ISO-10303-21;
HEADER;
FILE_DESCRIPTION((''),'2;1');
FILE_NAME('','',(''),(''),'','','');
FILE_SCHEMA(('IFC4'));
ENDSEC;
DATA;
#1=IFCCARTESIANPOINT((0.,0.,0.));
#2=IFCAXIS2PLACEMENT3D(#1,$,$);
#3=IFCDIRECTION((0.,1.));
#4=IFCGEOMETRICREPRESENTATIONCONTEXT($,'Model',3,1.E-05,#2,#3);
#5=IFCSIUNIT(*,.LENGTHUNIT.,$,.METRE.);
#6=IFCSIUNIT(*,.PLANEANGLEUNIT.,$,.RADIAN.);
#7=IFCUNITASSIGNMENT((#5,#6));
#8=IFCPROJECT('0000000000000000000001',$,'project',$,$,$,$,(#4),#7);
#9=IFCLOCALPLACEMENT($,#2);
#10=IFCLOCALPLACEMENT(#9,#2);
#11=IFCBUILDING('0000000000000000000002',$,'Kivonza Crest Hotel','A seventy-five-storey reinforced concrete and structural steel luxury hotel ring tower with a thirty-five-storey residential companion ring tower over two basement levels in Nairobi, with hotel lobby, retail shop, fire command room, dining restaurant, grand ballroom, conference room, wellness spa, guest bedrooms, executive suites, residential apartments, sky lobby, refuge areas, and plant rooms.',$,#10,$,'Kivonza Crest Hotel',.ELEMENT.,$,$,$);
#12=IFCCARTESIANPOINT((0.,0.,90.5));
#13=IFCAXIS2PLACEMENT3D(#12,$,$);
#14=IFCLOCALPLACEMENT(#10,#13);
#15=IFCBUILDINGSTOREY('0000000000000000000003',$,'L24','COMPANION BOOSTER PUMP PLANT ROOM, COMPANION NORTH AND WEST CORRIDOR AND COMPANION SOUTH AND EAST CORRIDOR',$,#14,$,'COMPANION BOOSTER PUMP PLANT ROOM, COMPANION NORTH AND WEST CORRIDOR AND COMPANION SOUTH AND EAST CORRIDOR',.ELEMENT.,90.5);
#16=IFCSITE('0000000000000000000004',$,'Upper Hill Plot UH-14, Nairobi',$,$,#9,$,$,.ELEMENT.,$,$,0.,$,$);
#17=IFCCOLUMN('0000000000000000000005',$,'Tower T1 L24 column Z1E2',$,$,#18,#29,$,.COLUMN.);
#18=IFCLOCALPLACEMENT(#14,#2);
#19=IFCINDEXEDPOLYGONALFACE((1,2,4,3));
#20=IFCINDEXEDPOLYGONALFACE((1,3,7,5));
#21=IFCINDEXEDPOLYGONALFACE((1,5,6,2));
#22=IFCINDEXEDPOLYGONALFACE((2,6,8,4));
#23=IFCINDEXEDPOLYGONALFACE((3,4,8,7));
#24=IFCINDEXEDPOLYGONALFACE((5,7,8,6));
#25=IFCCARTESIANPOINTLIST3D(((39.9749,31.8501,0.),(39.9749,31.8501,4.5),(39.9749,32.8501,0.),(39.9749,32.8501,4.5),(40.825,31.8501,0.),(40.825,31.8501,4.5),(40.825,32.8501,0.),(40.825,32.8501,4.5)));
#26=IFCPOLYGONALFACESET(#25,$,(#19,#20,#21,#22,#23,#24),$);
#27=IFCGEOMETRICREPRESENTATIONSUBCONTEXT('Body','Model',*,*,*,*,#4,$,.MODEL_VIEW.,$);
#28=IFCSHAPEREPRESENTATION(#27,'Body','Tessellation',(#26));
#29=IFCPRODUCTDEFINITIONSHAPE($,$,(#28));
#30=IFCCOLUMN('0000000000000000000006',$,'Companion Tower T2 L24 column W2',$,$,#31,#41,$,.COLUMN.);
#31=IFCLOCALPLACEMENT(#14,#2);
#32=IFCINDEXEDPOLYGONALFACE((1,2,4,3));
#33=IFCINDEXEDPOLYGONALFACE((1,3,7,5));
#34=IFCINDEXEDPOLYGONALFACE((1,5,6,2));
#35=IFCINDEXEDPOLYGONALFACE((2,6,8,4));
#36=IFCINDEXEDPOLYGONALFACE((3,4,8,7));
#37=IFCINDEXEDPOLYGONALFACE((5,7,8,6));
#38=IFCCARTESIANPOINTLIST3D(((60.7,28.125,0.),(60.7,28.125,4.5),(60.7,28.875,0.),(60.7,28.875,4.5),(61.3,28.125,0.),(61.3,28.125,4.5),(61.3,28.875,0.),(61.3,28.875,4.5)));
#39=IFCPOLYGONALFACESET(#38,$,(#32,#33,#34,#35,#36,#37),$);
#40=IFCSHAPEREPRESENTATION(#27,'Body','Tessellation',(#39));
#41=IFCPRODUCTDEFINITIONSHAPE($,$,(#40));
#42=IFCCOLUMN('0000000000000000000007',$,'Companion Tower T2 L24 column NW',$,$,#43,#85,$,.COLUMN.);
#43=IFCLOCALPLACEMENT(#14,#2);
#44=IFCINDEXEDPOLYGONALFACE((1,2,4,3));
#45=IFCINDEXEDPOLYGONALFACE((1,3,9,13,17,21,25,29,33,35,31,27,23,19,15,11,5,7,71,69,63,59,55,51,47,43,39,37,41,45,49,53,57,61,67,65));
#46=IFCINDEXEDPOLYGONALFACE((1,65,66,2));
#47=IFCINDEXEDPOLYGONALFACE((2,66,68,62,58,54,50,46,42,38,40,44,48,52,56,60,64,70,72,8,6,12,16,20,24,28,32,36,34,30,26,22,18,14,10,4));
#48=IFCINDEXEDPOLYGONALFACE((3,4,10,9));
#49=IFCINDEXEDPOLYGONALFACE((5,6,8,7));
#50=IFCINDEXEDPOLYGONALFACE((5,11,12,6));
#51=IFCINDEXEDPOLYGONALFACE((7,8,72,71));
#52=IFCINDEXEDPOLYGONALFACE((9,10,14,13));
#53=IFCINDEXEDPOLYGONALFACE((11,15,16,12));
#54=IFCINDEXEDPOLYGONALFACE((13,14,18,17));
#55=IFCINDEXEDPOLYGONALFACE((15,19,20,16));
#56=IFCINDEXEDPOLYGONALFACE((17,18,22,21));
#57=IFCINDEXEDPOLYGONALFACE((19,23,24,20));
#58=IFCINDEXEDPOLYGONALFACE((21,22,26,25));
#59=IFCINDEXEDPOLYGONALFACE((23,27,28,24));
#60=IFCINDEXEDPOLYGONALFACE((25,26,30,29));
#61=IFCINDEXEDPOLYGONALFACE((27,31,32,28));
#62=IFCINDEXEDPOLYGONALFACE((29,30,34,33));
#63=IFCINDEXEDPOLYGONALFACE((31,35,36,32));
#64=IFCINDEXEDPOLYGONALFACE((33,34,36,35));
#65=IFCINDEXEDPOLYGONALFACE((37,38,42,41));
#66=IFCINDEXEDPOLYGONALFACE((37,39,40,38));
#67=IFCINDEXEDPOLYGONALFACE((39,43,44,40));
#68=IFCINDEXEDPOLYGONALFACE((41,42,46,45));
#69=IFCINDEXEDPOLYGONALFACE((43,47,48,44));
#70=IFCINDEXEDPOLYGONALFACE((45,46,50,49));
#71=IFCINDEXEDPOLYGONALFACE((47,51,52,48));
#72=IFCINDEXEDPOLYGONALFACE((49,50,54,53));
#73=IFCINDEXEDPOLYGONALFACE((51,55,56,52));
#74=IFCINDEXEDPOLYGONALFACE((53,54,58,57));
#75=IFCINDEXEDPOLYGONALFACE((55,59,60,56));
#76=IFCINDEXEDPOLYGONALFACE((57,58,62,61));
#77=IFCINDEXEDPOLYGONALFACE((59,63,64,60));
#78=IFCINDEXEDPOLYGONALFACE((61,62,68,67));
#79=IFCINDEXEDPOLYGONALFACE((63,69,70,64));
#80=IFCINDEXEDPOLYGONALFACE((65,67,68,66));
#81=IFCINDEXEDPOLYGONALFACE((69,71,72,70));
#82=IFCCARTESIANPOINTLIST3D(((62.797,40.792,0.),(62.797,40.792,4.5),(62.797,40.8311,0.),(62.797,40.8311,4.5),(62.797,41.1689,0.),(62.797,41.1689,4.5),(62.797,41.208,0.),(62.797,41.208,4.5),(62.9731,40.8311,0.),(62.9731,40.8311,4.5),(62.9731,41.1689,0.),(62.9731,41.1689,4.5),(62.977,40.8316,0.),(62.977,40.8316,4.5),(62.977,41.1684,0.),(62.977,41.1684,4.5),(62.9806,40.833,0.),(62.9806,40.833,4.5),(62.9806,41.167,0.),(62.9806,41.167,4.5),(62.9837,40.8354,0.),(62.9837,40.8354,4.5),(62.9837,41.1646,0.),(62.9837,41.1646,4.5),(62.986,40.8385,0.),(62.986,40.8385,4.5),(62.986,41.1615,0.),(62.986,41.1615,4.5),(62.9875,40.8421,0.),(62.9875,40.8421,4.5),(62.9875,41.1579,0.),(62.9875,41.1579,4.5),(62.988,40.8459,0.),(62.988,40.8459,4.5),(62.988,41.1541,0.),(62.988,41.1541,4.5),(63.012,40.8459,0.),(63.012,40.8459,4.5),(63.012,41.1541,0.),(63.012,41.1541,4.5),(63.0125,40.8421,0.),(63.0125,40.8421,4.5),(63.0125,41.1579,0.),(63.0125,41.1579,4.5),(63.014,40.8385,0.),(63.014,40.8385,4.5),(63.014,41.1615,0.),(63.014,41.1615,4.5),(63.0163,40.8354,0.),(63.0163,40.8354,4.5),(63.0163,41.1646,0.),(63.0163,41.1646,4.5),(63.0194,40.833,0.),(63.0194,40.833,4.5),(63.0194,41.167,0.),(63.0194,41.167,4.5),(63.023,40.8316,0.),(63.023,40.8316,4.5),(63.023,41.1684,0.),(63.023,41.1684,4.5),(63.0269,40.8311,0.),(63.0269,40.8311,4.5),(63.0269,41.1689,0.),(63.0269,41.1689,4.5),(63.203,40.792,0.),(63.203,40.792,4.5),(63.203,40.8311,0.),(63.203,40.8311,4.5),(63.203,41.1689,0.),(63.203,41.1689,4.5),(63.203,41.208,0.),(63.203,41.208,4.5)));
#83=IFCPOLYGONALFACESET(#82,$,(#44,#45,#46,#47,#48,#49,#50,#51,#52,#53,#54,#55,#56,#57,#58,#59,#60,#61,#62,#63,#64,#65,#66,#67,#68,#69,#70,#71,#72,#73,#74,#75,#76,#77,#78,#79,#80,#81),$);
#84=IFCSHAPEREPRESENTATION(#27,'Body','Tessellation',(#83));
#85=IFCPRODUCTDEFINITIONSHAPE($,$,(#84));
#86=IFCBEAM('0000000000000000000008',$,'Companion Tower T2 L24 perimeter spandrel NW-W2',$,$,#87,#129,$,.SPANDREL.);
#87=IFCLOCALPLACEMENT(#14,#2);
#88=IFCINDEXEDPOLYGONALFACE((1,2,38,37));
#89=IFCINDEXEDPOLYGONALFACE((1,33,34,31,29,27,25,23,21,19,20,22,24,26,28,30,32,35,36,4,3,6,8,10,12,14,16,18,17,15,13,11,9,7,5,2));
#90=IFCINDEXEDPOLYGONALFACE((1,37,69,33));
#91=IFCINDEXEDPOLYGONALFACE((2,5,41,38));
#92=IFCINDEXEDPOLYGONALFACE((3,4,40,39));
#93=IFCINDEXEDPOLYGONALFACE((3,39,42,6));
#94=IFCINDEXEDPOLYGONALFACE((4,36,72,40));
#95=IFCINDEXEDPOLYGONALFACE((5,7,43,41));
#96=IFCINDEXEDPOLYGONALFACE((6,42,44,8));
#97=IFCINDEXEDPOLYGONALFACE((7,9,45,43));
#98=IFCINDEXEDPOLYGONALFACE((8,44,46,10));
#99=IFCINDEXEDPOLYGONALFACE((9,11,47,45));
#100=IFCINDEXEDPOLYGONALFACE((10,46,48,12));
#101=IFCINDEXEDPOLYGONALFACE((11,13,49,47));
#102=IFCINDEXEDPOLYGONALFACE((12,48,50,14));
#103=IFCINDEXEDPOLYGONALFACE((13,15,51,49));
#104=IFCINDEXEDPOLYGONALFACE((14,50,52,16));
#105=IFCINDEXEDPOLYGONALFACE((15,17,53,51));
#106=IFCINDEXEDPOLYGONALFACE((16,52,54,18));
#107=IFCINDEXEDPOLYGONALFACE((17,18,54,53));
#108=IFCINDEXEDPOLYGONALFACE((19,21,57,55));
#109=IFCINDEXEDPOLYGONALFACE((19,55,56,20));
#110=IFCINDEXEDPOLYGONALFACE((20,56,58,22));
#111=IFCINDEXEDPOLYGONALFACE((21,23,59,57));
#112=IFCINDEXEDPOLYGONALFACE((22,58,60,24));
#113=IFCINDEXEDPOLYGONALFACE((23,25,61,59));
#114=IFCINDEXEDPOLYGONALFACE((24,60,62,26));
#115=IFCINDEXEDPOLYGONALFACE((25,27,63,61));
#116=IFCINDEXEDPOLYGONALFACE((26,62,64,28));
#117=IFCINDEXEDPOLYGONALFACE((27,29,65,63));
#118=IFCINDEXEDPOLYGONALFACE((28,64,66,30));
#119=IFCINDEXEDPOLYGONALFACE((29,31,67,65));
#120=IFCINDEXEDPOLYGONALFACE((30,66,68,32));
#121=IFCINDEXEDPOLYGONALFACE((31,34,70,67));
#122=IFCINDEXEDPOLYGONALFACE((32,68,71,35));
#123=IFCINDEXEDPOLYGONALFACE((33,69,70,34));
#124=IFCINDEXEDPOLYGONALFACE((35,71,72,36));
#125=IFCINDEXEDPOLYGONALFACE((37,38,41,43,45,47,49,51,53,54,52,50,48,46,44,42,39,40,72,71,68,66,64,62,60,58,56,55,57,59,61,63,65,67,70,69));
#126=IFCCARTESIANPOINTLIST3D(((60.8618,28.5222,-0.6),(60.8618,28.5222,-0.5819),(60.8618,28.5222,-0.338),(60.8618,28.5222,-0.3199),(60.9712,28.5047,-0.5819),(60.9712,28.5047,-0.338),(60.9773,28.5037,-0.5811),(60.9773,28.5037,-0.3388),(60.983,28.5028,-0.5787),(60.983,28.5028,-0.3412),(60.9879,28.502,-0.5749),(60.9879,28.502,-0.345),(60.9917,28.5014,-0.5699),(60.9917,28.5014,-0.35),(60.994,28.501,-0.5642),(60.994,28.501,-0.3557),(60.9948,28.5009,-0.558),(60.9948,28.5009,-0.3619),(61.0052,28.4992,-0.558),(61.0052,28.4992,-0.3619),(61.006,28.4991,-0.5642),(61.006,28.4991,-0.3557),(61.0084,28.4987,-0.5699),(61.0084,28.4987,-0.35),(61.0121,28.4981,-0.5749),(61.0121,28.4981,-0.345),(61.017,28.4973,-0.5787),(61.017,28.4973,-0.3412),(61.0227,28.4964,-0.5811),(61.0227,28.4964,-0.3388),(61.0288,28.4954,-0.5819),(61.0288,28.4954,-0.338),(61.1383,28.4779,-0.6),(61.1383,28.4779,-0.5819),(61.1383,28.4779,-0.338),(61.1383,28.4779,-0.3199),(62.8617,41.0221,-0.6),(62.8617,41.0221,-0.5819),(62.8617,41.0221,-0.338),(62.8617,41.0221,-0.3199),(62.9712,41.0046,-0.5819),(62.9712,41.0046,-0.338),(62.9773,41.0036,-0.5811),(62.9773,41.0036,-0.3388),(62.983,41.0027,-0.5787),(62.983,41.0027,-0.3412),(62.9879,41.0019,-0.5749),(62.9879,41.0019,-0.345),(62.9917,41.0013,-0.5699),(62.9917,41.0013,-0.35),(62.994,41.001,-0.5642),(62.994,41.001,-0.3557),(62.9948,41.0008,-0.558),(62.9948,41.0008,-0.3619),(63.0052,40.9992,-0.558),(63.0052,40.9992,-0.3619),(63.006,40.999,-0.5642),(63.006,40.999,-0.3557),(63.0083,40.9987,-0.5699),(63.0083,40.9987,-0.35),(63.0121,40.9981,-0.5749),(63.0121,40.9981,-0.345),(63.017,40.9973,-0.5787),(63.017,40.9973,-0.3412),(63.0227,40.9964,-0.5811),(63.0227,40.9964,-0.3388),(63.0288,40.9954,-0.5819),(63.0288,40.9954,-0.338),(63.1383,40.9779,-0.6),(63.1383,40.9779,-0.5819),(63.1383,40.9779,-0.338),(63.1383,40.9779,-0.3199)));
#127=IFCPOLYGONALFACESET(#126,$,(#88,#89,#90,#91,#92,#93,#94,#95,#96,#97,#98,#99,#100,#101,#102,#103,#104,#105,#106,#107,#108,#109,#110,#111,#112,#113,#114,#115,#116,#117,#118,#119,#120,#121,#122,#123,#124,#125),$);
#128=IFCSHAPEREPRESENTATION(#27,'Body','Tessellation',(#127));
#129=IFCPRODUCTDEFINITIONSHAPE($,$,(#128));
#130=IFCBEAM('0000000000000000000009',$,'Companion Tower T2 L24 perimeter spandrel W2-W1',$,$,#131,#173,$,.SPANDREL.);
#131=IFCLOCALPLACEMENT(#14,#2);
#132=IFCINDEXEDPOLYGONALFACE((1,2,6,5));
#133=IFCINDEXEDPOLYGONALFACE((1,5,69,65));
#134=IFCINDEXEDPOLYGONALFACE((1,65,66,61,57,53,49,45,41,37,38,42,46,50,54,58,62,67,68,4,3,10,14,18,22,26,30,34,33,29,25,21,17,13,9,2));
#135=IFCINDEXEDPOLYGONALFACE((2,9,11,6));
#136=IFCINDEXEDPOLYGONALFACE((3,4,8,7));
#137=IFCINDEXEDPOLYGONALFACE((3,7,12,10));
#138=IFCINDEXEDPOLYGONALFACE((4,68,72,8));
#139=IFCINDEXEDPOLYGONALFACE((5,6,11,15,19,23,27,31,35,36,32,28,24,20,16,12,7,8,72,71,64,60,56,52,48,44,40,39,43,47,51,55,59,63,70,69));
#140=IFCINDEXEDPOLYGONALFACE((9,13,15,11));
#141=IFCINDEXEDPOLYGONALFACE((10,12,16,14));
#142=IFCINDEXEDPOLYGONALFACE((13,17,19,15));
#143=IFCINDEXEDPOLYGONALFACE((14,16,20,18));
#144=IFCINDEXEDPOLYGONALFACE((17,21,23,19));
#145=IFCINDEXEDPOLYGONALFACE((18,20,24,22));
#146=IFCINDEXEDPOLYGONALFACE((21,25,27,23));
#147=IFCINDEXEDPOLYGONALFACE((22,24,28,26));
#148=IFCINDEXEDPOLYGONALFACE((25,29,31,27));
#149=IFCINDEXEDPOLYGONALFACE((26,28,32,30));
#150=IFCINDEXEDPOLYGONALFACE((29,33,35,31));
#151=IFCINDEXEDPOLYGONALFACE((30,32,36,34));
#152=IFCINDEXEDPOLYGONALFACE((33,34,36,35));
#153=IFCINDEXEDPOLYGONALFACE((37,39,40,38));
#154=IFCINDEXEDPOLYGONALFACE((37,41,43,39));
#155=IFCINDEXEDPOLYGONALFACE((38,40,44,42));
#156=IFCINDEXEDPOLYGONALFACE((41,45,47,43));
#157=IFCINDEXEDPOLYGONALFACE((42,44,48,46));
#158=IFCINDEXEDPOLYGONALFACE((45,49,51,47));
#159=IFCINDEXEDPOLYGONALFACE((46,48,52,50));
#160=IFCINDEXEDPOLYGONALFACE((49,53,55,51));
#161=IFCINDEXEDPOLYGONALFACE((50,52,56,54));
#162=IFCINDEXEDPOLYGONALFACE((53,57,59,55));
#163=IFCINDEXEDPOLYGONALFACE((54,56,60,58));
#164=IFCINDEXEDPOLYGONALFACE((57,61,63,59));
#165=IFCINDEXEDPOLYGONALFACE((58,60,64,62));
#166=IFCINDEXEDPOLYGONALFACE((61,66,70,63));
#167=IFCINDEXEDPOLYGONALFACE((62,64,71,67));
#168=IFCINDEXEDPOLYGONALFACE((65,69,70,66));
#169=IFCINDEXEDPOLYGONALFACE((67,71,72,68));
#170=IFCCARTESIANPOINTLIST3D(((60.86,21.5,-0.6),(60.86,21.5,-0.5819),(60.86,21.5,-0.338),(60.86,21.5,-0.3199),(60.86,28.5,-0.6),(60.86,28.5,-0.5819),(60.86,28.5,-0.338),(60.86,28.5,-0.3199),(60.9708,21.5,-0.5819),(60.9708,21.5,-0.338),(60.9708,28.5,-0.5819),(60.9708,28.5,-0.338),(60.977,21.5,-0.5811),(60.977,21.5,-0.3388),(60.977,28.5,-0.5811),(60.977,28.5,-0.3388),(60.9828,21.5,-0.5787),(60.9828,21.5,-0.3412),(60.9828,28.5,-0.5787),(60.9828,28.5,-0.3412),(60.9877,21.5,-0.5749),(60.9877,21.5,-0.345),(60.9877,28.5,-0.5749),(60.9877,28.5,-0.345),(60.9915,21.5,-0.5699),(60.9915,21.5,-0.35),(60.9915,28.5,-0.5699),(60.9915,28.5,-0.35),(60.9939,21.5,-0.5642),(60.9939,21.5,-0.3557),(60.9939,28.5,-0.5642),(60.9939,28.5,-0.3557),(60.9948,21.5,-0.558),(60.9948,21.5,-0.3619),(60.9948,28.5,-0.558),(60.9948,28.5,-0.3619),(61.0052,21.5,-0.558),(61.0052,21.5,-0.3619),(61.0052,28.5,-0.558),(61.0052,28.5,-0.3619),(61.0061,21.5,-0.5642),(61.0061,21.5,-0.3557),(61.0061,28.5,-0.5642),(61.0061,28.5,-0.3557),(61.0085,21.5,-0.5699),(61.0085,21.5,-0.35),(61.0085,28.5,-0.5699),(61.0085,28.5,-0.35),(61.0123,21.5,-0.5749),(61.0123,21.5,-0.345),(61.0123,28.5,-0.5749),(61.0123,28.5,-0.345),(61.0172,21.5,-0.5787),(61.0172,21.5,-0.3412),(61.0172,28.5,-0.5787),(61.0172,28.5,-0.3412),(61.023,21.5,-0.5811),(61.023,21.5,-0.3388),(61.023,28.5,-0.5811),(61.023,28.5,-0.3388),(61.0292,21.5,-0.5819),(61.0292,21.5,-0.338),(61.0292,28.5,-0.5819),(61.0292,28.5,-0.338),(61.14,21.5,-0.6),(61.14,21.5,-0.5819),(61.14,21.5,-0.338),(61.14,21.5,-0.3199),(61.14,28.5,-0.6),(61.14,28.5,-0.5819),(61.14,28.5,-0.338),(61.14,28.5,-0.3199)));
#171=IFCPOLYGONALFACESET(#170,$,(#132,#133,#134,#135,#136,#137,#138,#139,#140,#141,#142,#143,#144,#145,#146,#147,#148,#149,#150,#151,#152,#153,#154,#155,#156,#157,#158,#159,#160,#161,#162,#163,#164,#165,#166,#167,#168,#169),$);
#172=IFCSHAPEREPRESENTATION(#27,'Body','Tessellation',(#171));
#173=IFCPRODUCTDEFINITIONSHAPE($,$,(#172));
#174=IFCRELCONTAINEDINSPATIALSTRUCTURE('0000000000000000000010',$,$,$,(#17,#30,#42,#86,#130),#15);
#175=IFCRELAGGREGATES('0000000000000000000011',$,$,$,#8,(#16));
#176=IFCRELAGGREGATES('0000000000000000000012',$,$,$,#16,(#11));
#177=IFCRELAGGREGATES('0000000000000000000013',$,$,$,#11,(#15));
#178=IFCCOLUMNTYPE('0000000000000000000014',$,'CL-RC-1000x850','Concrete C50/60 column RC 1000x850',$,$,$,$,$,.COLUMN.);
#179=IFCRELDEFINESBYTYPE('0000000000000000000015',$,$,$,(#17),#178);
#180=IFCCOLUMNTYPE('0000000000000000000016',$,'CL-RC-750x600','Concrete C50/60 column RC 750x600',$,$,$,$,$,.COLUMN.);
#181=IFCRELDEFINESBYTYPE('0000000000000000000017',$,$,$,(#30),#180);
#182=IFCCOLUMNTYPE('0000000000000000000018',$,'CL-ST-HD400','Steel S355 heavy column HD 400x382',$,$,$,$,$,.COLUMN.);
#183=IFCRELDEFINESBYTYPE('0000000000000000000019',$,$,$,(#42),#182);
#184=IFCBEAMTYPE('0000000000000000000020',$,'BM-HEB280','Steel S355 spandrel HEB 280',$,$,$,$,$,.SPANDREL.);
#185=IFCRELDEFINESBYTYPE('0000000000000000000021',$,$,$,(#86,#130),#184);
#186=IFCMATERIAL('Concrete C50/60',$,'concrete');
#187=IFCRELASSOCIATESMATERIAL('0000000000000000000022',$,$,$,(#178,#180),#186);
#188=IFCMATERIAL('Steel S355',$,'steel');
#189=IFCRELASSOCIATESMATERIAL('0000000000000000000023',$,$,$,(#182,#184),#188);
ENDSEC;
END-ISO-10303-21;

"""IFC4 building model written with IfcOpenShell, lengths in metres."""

from ifc_helpers import new_model, si_unit, direction, frame, origin, origin_2d, place, context, subcontext, project, spatial, rectangle, i_section, extrude, material, material_profile, profile_set, type_object, element, save


model = new_model("IFC4")

# Units and contexts
model_context = context("Model", 3, precision=1e-05, world=origin(), true_north=direction((0.0, 1.0)))
body_context = subcontext(model_context, "Body", "Model", "MODEL_VIEW")
ifc_project = project(units=[si_unit("LENGTHUNIT", "METRE"), si_unit("PLANEANGLEUNIT", "RADIAN")], contexts=[model_context])

# Site, building, storey
site_placement = place(None, origin())
site = spatial("IfcSite", under=ifc_project, at=site_placement, Name="Upper Hill Plot UH-14, Nairobi", CompositionType="ELEMENT", RefElevation=0.0)
building_placement = place(site_placement, origin())
building = spatial("IfcBuilding", under=site, at=building_placement, Name="Kivonza Crest Hotel", Description="A seventy-five-storey reinforced concrete and structural steel luxury hotel ring tower with a thirty-five-storey residential companion ring tower over two basement levels in Nairobi, with hotel lobby, retail shop, fire command room, dining restaurant, grand ballroom, conference room, wellness spa, guest bedrooms, executive suites, residential apartments, sky lobby, refuge areas, and plant rooms.", LongName="Kivonza Crest Hotel", CompositionType="ELEMENT")
storey_placement = place(building_placement, frame((0.0, 0.0, 90.5)))
storey = spatial("IfcBuildingStorey", under=building, at=storey_placement, Name="L24", Description="COMPANION BOOSTER PUMP PLANT ROOM, COMPANION NORTH AND WEST CORRIDOR AND COMPANION SOUTH AND EAST CORRIDOR", LongName="COMPANION BOOSTER PUMP PLANT ROOM, COMPANION NORTH AND WEST CORRIDOR AND COMPANION SOUTH AND EAST CORRIDOR", CompositionType="ELEMENT", Elevation=90.5)

# Columns
ifc_material_1 = material(Name="Concrete C50/60", Category="concrete")
ifc_material_profile_1 = material_profile(ifc_material_1, rectangle(XDim=0.8501, YDim=1.0, at=origin_2d()), Name="RC 1000x850")
ifc_profile_set_1 = profile_set([ifc_material_profile_1], Name="Concrete C50/60")
column_type_1 = type_object("IfcColumnType", Name="CL-RC-1000x850", Description="Concrete C50/60 column RC 1000x850", PredefinedType="COLUMN", material=ifc_profile_set_1)
column_1_placement = place(storey_placement, frame((40.3999, 32.3501, 0.0), z_axis=(0.0, 0.0, 1.0), x_axis=(1.0, 0.0, 0.0)))
element("IfcColumn", 1, at=column_1_placement, inside=storey, type_object=column_type_1, Name="Tower T1 L24 column Z1E2", PredefinedType="COLUMN", context=body_context, shape_type="SweptSolid", body=[
    extrude(rectangle(XDim=0.8501, YDim=1.0, at=origin_2d()), origin(), (0.0, 0.0, 1.0), 4.5),
])
ifc_material_profile_2 = material_profile(ifc_material_1, rectangle(XDim=0.6001, YDim=0.75, at=origin_2d()), Name="RC 750x600")
ifc_profile_set_2 = profile_set([ifc_material_profile_2], Name="Concrete C50/60")
column_type_2 = type_object("IfcColumnType", Name="CL-RC-750x600", Description="Concrete C50/60 column RC 750x600", PredefinedType="COLUMN", material=ifc_profile_set_2)
column_2_placement = place(storey_placement, frame((61.0, 28.5, 0.0), z_axis=(0.0, 0.0, 1.0), x_axis=(1.0, 0.0, 0.0)))
element("IfcColumn", 2, at=column_2_placement, inside=storey, type_object=column_type_2, Name="Companion Tower T2 L24 column W2", PredefinedType="COLUMN", context=body_context, shape_type="SweptSolid", body=[
    extrude(rectangle(XDim=0.6001, YDim=0.75, at=origin_2d()), origin(), (0.0, 0.0, 1.0), 4.5),
])
ifc_material_2 = material(Name="Steel S355", Category="steel")
ifc_material_profile_3 = material_profile(ifc_material_2, i_section(OverallWidth=0.406, OverallDepth=0.416, WebThickness=0.0239, FlangeThickness=0.0391, FilletRadius=0.0149, at=origin_2d()), Name="HD 400x382")
ifc_profile_set_3 = profile_set([ifc_material_profile_3], Name="Steel S355")
column_type_3 = type_object("IfcColumnType", Name="CL-ST-HD400", Description="Steel S355 heavy column HD 400x382", PredefinedType="COLUMN", material=ifc_profile_set_3)
column_3_placement = place(storey_placement, frame((63.0, 41.0, 0.0), z_axis=(0.0, 0.0, 1.0), x_axis=(1.0, 0.0, 0.0)))
element("IfcColumn", 3, at=column_3_placement, inside=storey, type_object=column_type_3, Name="Companion Tower T2 L24 column NW", PredefinedType="COLUMN", context=body_context, shape_type="SweptSolid", body=[
    extrude(i_section(OverallWidth=0.406, OverallDepth=0.416, WebThickness=0.0239, FlangeThickness=0.0391, FilletRadius=0.0149, at=origin_2d()), origin(), (0.0, 0.0, 1.0), 4.5),
])

# Beams
ifc_material_profile_4 = material_profile(ifc_material_2, i_section(OverallWidth=0.28, OverallDepth=0.28, WebThickness=0.0105, FlangeThickness=0.0181, FilletRadius=0.0239, at=origin_2d()), Name="HEB 280")
ifc_profile_set_4 = profile_set([ifc_material_profile_4], Name="Steel S355")
beam_type_1 = type_object("IfcBeamType", Name="BM-HEB280", Description="Steel S355 spandrel HEB 280", PredefinedType="SPANDREL", material=ifc_profile_set_4)
beam_1_placement = place(storey_placement, frame((63.0, 41.0, -0.46), z_axis=(-0.157991, -0.987441, 0.0), x_axis=(0.987441, -0.157991, 0.0)))
element("IfcBeam", 4, at=beam_1_placement, inside=storey, type_object=beam_type_1, Name="Companion Tower T2 L24 perimeter spandrel NW-W2", PredefinedType="SPANDREL", context=body_context, shape_type="SweptSolid", body=[
    extrude(i_section(OverallWidth=0.28, OverallDepth=0.28, WebThickness=0.0105, FlangeThickness=0.0181, FilletRadius=0.0239, at=origin_2d()), origin(), (0.0, 0.0, 1.0), 12.6589),
])
beam_2_placement = place(storey_placement, frame((61.0, 28.5, -0.46), z_axis=(0.0, -1.0, 0.0), x_axis=(1.0, 0.0, 0.0)))
element("IfcBeam", 5, at=beam_2_placement, inside=storey, type_object=beam_type_1, Name="Companion Tower T2 L24 perimeter spandrel W2-W1", PredefinedType="SPANDREL", context=body_context, shape_type="SweptSolid", body=[
    extrude(i_section(OverallWidth=0.28, OverallDepth=0.28, WebThickness=0.0105, FlangeThickness=0.0181, FilletRadius=0.0239, at=origin_2d()), origin(), (0.0, 0.0, 1.0), 7.0),
])

save(model, "model.ifc")
